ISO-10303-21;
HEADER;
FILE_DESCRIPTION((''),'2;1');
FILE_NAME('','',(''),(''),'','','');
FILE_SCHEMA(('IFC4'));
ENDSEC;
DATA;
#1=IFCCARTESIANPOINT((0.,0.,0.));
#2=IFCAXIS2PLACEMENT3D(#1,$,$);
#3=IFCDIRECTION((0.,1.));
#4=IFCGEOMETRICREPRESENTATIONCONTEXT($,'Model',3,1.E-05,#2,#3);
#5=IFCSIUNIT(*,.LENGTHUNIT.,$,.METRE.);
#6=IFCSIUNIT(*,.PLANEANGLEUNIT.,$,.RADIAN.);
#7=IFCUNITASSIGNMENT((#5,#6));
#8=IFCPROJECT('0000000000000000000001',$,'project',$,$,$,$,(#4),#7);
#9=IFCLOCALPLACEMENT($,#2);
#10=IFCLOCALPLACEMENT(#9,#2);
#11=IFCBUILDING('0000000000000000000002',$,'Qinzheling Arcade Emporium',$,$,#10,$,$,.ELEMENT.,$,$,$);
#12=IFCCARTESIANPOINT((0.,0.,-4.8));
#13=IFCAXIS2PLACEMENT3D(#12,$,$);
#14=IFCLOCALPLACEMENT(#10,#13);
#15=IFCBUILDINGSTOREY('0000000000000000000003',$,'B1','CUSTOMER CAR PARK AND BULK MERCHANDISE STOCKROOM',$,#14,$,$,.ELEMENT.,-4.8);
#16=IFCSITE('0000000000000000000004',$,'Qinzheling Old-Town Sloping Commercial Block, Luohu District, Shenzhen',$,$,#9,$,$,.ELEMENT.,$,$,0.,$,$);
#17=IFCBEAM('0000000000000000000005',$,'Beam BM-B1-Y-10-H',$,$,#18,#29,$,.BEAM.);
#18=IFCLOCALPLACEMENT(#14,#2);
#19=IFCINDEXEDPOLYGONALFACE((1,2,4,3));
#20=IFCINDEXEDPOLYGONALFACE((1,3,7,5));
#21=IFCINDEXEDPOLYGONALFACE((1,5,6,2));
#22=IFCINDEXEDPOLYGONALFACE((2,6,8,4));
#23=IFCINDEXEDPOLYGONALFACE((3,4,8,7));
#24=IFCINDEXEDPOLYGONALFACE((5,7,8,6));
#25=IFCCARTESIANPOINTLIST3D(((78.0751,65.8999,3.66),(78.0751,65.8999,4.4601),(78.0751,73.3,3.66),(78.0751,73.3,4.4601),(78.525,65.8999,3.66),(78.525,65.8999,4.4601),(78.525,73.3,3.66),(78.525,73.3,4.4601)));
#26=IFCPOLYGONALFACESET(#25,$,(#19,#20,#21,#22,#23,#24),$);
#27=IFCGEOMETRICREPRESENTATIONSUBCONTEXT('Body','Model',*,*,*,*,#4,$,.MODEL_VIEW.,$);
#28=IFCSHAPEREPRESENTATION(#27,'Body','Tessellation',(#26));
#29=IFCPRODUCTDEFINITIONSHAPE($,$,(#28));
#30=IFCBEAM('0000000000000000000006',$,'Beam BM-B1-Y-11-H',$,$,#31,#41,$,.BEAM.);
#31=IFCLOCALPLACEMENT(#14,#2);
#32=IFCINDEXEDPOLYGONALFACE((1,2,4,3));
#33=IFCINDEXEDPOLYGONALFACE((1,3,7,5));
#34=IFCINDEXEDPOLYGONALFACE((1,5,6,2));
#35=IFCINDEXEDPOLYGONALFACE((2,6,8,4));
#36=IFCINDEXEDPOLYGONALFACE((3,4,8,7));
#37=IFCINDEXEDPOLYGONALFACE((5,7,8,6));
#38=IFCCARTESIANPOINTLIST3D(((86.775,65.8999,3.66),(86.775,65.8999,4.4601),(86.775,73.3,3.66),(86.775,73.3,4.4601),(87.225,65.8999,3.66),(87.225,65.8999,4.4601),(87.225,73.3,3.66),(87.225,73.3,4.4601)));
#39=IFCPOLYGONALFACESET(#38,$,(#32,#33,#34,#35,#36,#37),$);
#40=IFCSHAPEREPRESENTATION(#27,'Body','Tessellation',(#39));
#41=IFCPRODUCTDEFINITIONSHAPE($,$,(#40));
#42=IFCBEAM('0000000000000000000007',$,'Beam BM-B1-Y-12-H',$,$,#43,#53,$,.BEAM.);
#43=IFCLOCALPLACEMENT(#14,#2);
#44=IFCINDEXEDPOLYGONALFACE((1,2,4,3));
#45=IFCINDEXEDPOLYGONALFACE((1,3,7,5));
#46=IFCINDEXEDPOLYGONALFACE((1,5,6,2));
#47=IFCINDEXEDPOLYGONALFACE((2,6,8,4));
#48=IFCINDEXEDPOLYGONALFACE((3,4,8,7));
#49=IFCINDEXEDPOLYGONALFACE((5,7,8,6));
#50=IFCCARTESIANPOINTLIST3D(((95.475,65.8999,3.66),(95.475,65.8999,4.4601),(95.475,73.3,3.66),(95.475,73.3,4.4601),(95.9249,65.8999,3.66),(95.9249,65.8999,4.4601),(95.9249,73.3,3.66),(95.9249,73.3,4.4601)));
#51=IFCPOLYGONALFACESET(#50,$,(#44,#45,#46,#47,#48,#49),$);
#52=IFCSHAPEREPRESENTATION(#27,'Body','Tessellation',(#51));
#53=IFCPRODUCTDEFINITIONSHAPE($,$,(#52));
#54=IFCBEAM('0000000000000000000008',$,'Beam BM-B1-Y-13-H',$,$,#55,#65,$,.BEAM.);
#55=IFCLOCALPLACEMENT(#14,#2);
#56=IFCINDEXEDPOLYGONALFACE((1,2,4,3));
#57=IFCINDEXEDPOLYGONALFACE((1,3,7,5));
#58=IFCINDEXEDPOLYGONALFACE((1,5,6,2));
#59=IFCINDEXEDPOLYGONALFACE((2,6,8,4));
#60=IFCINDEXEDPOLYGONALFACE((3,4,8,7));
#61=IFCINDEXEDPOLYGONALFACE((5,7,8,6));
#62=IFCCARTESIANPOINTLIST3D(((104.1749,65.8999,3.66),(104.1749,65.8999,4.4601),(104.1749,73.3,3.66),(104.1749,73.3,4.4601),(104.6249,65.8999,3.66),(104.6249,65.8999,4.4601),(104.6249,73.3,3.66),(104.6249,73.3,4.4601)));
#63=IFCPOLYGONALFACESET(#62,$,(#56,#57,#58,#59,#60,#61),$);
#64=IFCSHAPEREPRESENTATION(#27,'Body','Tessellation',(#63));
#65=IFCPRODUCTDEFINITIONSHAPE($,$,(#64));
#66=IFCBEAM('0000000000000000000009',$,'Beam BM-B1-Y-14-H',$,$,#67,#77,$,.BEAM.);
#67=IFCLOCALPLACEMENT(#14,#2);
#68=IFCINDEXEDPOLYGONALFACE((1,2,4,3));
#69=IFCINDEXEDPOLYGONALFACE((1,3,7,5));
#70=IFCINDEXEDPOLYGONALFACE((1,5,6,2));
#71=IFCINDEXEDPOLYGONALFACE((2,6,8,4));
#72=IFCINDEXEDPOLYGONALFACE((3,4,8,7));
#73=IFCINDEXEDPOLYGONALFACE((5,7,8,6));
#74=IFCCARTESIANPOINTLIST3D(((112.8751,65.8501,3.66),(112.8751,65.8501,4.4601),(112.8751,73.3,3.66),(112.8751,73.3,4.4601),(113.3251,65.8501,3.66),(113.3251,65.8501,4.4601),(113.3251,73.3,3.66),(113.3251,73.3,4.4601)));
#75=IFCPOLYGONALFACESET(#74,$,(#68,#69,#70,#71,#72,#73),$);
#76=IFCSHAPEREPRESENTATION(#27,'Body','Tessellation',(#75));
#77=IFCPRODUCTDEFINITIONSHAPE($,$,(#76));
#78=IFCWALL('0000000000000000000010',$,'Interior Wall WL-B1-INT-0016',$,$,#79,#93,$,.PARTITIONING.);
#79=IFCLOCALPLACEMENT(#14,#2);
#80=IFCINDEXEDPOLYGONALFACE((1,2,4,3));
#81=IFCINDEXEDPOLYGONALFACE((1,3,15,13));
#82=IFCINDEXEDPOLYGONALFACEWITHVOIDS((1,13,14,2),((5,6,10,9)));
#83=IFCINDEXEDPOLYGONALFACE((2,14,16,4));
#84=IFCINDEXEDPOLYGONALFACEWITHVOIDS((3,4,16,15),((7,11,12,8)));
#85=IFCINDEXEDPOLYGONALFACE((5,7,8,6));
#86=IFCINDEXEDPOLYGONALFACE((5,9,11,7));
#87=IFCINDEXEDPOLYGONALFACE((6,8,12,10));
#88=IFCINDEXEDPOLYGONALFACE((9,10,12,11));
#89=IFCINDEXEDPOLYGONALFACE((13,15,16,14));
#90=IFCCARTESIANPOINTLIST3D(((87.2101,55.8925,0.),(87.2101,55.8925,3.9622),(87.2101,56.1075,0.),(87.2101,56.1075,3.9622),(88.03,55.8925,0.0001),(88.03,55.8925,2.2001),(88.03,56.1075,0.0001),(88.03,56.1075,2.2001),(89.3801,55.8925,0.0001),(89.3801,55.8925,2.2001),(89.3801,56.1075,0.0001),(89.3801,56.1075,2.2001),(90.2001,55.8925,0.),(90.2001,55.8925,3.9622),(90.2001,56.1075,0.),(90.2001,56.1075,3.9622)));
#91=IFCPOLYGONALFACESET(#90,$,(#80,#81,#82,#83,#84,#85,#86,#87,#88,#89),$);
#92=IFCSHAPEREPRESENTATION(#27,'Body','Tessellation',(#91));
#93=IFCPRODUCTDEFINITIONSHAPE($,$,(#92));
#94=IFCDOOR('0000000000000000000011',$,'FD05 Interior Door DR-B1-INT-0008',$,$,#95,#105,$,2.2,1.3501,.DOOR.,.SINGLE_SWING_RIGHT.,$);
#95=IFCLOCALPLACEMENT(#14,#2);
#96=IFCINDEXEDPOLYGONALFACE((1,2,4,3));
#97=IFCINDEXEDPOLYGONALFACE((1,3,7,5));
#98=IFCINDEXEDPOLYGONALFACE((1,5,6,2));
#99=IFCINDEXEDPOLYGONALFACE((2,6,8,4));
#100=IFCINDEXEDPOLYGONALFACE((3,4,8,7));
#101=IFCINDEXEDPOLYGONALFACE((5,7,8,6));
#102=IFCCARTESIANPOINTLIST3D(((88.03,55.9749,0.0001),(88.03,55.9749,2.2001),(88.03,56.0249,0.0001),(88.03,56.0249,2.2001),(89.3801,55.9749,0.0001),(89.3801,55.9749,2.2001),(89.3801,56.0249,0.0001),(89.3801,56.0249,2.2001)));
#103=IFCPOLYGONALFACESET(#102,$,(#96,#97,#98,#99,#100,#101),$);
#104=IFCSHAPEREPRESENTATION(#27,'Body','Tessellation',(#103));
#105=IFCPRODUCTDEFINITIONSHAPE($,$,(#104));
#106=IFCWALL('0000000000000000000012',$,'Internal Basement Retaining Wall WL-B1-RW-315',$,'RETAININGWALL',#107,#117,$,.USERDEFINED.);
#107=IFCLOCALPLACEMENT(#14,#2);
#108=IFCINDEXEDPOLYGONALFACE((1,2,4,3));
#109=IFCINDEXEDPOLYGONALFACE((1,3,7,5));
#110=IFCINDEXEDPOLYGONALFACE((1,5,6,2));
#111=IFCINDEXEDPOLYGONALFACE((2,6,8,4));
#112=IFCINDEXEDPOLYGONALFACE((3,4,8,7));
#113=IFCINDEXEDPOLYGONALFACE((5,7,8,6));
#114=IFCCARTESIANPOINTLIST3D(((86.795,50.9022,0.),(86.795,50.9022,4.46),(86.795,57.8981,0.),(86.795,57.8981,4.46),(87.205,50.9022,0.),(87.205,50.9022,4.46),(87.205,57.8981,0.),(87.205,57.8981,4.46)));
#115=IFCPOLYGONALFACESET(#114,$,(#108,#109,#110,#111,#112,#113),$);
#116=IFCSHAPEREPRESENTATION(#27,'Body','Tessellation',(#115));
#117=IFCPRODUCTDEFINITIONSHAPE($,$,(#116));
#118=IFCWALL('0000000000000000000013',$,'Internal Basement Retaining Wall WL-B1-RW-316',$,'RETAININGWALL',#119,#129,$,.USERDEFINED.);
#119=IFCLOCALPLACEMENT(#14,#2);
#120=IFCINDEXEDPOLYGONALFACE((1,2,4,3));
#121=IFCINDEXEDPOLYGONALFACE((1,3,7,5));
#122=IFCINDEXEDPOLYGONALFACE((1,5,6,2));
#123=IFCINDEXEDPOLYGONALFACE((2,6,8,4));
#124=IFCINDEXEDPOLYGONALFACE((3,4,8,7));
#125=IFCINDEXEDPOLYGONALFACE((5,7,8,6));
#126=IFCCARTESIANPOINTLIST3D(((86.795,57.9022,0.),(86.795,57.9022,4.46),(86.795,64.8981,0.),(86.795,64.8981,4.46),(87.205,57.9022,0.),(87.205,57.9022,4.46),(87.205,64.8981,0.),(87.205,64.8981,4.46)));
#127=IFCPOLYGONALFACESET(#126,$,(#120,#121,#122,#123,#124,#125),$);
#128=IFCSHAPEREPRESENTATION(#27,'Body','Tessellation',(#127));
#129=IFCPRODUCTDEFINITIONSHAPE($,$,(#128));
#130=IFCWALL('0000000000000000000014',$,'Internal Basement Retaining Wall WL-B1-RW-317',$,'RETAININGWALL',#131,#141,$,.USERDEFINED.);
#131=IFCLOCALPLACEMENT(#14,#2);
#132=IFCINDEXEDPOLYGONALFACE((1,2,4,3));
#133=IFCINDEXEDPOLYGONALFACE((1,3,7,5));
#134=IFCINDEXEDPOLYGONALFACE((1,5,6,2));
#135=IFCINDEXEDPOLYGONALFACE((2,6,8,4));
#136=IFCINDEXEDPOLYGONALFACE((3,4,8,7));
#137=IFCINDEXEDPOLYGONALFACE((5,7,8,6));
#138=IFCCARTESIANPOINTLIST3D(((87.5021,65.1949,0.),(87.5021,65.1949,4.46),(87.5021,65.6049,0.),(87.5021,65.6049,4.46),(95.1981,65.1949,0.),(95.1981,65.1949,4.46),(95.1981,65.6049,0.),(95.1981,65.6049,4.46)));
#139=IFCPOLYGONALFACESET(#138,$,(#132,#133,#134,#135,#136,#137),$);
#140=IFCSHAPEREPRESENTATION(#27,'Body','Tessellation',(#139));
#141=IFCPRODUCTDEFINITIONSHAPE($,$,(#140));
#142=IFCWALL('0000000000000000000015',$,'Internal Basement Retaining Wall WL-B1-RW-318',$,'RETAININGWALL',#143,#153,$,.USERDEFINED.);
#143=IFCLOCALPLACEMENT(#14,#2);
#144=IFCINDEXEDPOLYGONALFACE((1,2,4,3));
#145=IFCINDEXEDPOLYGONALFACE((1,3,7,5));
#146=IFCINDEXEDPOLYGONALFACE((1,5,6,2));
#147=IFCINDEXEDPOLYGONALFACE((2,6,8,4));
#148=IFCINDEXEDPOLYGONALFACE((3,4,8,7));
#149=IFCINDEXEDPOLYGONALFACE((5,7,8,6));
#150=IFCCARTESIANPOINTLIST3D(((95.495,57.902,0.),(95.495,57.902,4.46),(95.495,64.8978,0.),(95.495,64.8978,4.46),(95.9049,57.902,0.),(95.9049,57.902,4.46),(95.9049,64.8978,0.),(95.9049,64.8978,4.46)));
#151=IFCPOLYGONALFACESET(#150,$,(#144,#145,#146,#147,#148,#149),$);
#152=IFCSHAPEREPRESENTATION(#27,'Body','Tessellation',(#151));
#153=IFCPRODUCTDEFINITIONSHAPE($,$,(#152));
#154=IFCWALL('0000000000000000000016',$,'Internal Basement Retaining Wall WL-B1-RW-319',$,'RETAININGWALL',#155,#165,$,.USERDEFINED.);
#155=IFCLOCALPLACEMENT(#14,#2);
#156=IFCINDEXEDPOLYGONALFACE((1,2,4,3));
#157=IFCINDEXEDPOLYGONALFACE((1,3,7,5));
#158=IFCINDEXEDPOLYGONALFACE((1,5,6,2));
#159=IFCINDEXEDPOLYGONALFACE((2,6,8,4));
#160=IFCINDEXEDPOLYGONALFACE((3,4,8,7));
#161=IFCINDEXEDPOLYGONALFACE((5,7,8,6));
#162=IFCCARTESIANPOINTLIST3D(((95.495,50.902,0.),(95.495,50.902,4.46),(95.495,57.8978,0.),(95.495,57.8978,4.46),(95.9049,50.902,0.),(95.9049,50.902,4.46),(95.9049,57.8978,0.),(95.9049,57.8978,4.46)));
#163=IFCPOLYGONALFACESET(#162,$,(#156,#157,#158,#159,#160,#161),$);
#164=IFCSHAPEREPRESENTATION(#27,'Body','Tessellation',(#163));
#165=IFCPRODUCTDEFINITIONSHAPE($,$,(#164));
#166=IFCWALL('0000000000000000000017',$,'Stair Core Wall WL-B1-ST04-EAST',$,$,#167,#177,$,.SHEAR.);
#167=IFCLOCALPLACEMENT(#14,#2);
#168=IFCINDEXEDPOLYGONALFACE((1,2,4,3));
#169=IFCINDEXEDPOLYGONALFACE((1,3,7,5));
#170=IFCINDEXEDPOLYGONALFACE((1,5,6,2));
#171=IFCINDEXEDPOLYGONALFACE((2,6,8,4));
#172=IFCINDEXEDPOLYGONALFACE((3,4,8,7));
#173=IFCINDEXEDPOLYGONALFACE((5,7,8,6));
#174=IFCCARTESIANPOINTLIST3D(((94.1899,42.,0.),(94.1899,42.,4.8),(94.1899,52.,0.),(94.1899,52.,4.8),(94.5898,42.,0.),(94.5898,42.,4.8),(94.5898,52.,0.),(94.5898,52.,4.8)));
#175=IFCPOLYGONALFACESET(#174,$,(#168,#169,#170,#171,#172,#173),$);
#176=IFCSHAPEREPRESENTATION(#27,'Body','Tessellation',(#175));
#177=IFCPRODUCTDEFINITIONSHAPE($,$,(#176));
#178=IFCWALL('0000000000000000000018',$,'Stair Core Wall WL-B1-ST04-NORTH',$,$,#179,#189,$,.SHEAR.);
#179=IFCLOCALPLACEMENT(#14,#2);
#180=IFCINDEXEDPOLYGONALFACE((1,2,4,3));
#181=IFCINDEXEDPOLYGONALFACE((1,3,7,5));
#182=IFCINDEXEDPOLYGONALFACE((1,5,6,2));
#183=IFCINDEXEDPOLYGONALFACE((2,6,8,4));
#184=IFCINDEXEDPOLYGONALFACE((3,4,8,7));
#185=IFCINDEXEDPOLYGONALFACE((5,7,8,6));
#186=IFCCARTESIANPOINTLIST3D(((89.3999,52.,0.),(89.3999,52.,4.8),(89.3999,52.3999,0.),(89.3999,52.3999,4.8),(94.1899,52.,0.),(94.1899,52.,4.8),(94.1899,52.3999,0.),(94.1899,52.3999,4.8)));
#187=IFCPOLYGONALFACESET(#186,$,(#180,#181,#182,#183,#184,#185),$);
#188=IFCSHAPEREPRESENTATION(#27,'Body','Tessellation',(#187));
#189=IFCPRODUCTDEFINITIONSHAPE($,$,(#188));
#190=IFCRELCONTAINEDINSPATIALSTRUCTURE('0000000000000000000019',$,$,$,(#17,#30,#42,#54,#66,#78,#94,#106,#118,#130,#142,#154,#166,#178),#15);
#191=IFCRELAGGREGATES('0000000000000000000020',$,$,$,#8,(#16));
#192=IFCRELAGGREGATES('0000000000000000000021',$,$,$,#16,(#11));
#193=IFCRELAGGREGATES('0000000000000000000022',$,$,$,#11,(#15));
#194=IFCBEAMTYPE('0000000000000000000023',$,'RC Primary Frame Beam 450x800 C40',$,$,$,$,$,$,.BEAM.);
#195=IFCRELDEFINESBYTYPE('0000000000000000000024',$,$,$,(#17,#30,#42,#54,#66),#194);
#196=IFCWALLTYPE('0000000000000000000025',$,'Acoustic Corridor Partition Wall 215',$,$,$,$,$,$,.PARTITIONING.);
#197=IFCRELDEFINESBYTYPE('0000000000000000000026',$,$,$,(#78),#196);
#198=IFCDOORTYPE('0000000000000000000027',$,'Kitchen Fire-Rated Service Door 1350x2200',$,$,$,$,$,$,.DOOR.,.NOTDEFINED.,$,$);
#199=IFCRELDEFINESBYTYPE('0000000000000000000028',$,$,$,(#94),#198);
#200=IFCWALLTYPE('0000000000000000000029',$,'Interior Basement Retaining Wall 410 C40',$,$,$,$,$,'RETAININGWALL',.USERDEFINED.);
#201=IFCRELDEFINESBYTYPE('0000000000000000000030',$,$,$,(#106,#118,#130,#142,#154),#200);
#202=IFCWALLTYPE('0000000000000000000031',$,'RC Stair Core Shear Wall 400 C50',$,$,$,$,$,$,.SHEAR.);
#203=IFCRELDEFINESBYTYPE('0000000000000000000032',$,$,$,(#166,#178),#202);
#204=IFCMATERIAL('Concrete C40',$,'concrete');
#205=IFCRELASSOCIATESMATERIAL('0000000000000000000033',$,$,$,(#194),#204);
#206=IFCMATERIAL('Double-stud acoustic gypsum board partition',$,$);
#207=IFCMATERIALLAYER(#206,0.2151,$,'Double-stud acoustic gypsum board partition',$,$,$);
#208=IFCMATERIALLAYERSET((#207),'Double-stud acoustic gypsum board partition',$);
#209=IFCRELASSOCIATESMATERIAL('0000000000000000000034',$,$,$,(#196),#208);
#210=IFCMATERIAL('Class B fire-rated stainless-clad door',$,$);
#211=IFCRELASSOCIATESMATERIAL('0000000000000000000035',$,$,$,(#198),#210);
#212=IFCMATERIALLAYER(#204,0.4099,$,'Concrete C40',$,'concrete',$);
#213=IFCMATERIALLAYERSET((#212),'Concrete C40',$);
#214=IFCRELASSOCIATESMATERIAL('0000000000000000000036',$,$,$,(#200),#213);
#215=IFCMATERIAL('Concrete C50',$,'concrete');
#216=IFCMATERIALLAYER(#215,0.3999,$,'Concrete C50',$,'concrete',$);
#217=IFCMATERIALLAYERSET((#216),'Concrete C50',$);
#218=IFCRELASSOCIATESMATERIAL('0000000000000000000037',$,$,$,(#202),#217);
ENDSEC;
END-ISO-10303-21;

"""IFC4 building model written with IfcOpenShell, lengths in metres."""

from ifc_helpers import new_model, si_unit, direction, frame, frame_2d, origin, origin_2d, place, context, subcontext, project, spatial, rectangle, extrude, material, layer, layer_set, material_profile, profile_set, type_object, element, fill, save


model = new_model("IFC4")

# Units and contexts
model_context = context("Model", 3, precision=1e-05, world=origin(), true_north=direction((0.0, 1.0)))
body_context = subcontext(model_context, "Body", "Model", "MODEL_VIEW")
ifc_project = project(units=[si_unit("LENGTHUNIT", "METRE"), si_unit("PLANEANGLEUNIT", "RADIAN")], contexts=[model_context])

# Site, building, storey
site_placement = place(None, origin())
site = spatial("IfcSite", under=ifc_project, at=site_placement, Name="Qinzheling Old-Town Sloping Commercial Block, Luohu District, Shenzhen", CompositionType="ELEMENT", RefElevation=0.0)
building_placement = place(site_placement, origin())
building = spatial("IfcBuilding", under=site, at=building_placement, Name="Qinzheling Arcade Emporium", CompositionType="ELEMENT")
storey_placement = place(building_placement, frame((0.0, 0.0, -4.8)))
storey = spatial("IfcBuildingStorey", under=building, at=storey_placement, Name="B1", Description="CUSTOMER CAR PARK AND BULK MERCHANDISE STOCKROOM", CompositionType="ELEMENT", Elevation=-4.8)

# Shared definitions
ifc_material_1 = material(Name="Concrete C50", Category="concrete")

# Beams
ifc_material_2 = material(Name="Concrete C40", Category="concrete")
ifc_material_profile_1 = material_profile(ifc_material_2, rectangle(XDim=0.45, YDim=0.8, at=origin_2d()), Name="RC 450x800", Category="concrete")
ifc_profile_set_1 = profile_set([ifc_material_profile_1], Name="Concrete C40")
beam_type_1 = type_object("IfcBeamType", Name="RC Primary Frame Beam 450x800 C40", PredefinedType="BEAM", material=ifc_profile_set_1)
for number, where, z_axis, x_axis, name in (
    (1, (78.3, 65.8999, 4.0601), (0.0, 1.0, 0.0), (-1.0, 0.0, 0.0), "Beam BM-B1-Y-10-H"),
    (2, (87.0, 65.8999, 4.0601), (0.0, 1.0, 0.0), (-1.0, 0.0, 0.0), "Beam BM-B1-Y-11-H"),
    (3, (95.7, 65.8999, 4.0601), (0.0, 1.0, 0.0), (-1.0, 0.0, 0.0), "Beam BM-B1-Y-12-H"),
    (4, (104.3999, 65.8999, 4.0601), (0.0, 1.0, 0.0), (-1.0, 0.0, 0.0), "Beam BM-B1-Y-13-H"),
):
    element("IfcBeam", number, at=place(storey_placement, frame(where, z_axis=z_axis, x_axis=x_axis)), inside=storey, type_object=beam_type_1, Name=name, PredefinedType="BEAM", context=body_context, shape_type="SweptSolid", body=[
        extrude(rectangle(XDim=0.45, YDim=0.8, at=origin_2d()), origin(), (0.0, 0.0, 1.0), 7.4001),
    ])
beam_1_placement = place(storey_placement, frame((113.1001, 65.8501, 4.0601), z_axis=(0.0, 1.0, 0.0), x_axis=(-1.0, 0.0, 0.0)))
element("IfcBeam", 5, at=beam_1_placement, inside=storey, type_object=beam_type_1, Name="Beam BM-B1-Y-14-H", PredefinedType="BEAM", context=body_context, shape_type="SweptSolid", body=[
    extrude(rectangle(XDim=0.45, YDim=0.8, at=origin_2d()), origin(), (0.0, 0.0, 1.0), 7.45),
])

# Wall, opening, door
ifc_material_3 = material(Name="Double-stud acoustic gypsum board partition")
ifc_layer_1 = layer(ifc_material_3, 0.2151, Name="Double-stud acoustic gypsum board partition")
ifc_layer_set_1 = layer_set([ifc_layer_1], Name="Double-stud acoustic gypsum board partition")
wall_type_1 = type_object("IfcWallType", Name="Acoustic Corridor Partition Wall 215", PredefinedType="PARTITIONING", material=ifc_layer_set_1)
wall_1_placement = place(storey_placement, frame((87.21, 56.0, 0.0), z_axis=(0.0, 0.0, 1.0), x_axis=(1.0, 0.0, 0.0)))
wall_1 = element("IfcWall", 6, at=wall_1_placement, inside=storey, type_object=wall_type_1, Name="Interior Wall WL-B1-INT-0016", PredefinedType="PARTITIONING", context=body_context, shape_type="SweptSolid", body=[
    extrude(rectangle(XDim=2.99, YDim=0.2151, at=frame_2d((1.4951, 0.0))), origin(), (0.0, 0.0, 1.0), 3.9622),
])
opening_1_placement = place(wall_1_placement, frame((0.8201, 0.0, 0.0)))
opening_1 = element("IfcOpeningElement", 7, at=opening_1_placement, cuts=wall_1, PredefinedType="OPENING", context=body_context, shape_type="SweptSolid", body=[
    extrude(rectangle(XDim=1.3501, YDim=2.2, at=frame_2d((0.675, 1.1001))), frame((0.0, 0.1177, 0.0), z_axis=(0.0, -1.0, 0.0), x_axis=(1.0, 0.0, 0.0)), (0.0, 0.0, 1.0), 0.2351),
])
ifc_material_4 = material(Name="Class B fire-rated stainless-clad door")
door_type_1 = type_object("IfcDoorType", Name="Kitchen Fire-Rated Service Door 1350x2200", OperationType="NOTDEFINED", PredefinedType="DOOR", material=ifc_material_4)
door_1_placement = place(opening_1_placement, origin())
door_1 = element("IfcDoor", 8, at=door_1_placement, inside=storey, type_object=door_type_1, Name="FD05 Interior Door DR-B1-INT-0008", OperationType="SINGLE_SWING_RIGHT", OverallHeight=2.2, OverallWidth=1.3501, PredefinedType="DOOR", context=body_context, shape_type="SweptSolid", body=[
    extrude(rectangle(XDim=1.3501, YDim=2.2, at=frame_2d((0.675, 1.1001))), frame((0.0, 0.0249, 0.0), z_axis=(0.0, -1.0, 0.0), x_axis=(1.0, 0.0, 0.0)), (0.0, 0.0, 1.0), 0.05),
])
fill(opening_1, door_1)

# Walls
ifc_layer_2 = layer(ifc_material_2, 0.4099, Name="Concrete C40", Category="concrete")
ifc_layer_set_2 = layer_set([ifc_layer_2], Name="Concrete C40")
wall_type_2 = type_object("IfcWallType", Name="Interior Basement Retaining Wall 410 C40", ElementType="RETAININGWALL", PredefinedType="USERDEFINED", material=ifc_layer_set_2)
for number, where, z_axis, x_axis, name in (
    (9, (87.0, 50.9021, 0.0), (0.0, 0.0, 1.0), (0.0, 1.0, 0.0), "Internal Basement Retaining Wall WL-B1-RW-315"),
    (10, (87.0, 57.9021, 0.0), (0.0, 0.0, 1.0), (0.0, 1.0, 0.0), "Internal Basement Retaining Wall WL-B1-RW-316"),
):
    element("IfcWall", number, at=place(storey_placement, frame(where, z_axis=z_axis, x_axis=x_axis)), inside=storey, type_object=wall_type_2, Name=name, ObjectType="RETAININGWALL", PredefinedType="USERDEFINED", context=body_context, shape_type="SweptSolid", body=[
        extrude(rectangle(XDim=6.9958, YDim=0.4099, at=frame_2d((3.498, 0.0))), origin(), (0.0, 0.0, 1.0), 4.46),
    ])
wall_2_placement = place(storey_placement, frame((87.502, 65.3999, 0.0), z_axis=(0.0, 0.0, 1.0), x_axis=(1.0, 0.0, 0.0)))
element("IfcWall", 11, at=wall_2_placement, inside=storey, type_object=wall_type_2, Name="Internal Basement Retaining Wall WL-B1-RW-317", ObjectType="RETAININGWALL", PredefinedType="USERDEFINED", context=body_context, shape_type="SweptSolid", body=[
    extrude(rectangle(XDim=7.696, YDim=0.4099, at=frame_2d((3.8481, 0.0))), origin(), (0.0, 0.0, 1.0), 4.46),
])
for number, where, z_axis, x_axis, name in (
    (12, (95.7, 64.8979, 0.0), (0.0, 0.0, 1.0), (0.0, -1.0, 0.0), "Internal Basement Retaining Wall WL-B1-RW-318"),
    (13, (95.7, 57.8979, 0.0), (0.0, 0.0, 1.0), (0.0, -1.0, 0.0), "Internal Basement Retaining Wall WL-B1-RW-319"),
):
    element("IfcWall", number, at=place(storey_placement, frame(where, z_axis=z_axis, x_axis=x_axis)), inside=storey, type_object=wall_type_2, Name=name, ObjectType="RETAININGWALL", PredefinedType="USERDEFINED", context=body_context, shape_type="SweptSolid", body=[
        extrude(rectangle(XDim=6.9958, YDim=0.4099, at=frame_2d((3.498, 0.0))), origin(), (0.0, 0.0, 1.0), 4.46),
    ])
ifc_layer_3 = layer(ifc_material_1, 0.3999, Name="Concrete C50", Category="concrete")
ifc_layer_set_3 = layer_set([ifc_layer_3], Name="Concrete C50")
wall_type_3 = type_object("IfcWallType", Name="RC Stair Core Shear Wall 400 C50", PredefinedType="SHEAR", material=ifc_layer_set_3)
wall_3_placement = place(storey_placement, frame((94.3899, 52.0, 0.0), z_axis=(0.0, 0.0, 1.0), x_axis=(0.0, -1.0, 0.0)))
element("IfcWall", 14, at=wall_3_placement, inside=storey, type_object=wall_type_3, Name="Stair Core Wall WL-B1-ST04-EAST", PredefinedType="SHEAR", context=body_context, shape_type="SweptSolid", body=[
    extrude(rectangle(XDim=10.0, YDim=0.3999, at=frame_2d((5.0, 0.0))), origin(), (0.0, 0.0, 1.0), 4.8),
])
wall_4_placement = place(storey_placement, frame((89.3999, 52.2, 0.0), z_axis=(0.0, 0.0, 1.0), x_axis=(1.0, 0.0, 0.0)))
element("IfcWall", 15, at=wall_4_placement, inside=storey, type_object=wall_type_3, Name="Stair Core Wall WL-B1-ST04-NORTH", PredefinedType="SHEAR", context=body_context, shape_type="SweptSolid", body=[
    extrude(rectangle(XDim=4.79, YDim=0.3999, at=frame_2d((2.395, 0.0))), origin(), (0.0, 0.0, 1.0), 4.8),
])

save(model, "model.ifc")
